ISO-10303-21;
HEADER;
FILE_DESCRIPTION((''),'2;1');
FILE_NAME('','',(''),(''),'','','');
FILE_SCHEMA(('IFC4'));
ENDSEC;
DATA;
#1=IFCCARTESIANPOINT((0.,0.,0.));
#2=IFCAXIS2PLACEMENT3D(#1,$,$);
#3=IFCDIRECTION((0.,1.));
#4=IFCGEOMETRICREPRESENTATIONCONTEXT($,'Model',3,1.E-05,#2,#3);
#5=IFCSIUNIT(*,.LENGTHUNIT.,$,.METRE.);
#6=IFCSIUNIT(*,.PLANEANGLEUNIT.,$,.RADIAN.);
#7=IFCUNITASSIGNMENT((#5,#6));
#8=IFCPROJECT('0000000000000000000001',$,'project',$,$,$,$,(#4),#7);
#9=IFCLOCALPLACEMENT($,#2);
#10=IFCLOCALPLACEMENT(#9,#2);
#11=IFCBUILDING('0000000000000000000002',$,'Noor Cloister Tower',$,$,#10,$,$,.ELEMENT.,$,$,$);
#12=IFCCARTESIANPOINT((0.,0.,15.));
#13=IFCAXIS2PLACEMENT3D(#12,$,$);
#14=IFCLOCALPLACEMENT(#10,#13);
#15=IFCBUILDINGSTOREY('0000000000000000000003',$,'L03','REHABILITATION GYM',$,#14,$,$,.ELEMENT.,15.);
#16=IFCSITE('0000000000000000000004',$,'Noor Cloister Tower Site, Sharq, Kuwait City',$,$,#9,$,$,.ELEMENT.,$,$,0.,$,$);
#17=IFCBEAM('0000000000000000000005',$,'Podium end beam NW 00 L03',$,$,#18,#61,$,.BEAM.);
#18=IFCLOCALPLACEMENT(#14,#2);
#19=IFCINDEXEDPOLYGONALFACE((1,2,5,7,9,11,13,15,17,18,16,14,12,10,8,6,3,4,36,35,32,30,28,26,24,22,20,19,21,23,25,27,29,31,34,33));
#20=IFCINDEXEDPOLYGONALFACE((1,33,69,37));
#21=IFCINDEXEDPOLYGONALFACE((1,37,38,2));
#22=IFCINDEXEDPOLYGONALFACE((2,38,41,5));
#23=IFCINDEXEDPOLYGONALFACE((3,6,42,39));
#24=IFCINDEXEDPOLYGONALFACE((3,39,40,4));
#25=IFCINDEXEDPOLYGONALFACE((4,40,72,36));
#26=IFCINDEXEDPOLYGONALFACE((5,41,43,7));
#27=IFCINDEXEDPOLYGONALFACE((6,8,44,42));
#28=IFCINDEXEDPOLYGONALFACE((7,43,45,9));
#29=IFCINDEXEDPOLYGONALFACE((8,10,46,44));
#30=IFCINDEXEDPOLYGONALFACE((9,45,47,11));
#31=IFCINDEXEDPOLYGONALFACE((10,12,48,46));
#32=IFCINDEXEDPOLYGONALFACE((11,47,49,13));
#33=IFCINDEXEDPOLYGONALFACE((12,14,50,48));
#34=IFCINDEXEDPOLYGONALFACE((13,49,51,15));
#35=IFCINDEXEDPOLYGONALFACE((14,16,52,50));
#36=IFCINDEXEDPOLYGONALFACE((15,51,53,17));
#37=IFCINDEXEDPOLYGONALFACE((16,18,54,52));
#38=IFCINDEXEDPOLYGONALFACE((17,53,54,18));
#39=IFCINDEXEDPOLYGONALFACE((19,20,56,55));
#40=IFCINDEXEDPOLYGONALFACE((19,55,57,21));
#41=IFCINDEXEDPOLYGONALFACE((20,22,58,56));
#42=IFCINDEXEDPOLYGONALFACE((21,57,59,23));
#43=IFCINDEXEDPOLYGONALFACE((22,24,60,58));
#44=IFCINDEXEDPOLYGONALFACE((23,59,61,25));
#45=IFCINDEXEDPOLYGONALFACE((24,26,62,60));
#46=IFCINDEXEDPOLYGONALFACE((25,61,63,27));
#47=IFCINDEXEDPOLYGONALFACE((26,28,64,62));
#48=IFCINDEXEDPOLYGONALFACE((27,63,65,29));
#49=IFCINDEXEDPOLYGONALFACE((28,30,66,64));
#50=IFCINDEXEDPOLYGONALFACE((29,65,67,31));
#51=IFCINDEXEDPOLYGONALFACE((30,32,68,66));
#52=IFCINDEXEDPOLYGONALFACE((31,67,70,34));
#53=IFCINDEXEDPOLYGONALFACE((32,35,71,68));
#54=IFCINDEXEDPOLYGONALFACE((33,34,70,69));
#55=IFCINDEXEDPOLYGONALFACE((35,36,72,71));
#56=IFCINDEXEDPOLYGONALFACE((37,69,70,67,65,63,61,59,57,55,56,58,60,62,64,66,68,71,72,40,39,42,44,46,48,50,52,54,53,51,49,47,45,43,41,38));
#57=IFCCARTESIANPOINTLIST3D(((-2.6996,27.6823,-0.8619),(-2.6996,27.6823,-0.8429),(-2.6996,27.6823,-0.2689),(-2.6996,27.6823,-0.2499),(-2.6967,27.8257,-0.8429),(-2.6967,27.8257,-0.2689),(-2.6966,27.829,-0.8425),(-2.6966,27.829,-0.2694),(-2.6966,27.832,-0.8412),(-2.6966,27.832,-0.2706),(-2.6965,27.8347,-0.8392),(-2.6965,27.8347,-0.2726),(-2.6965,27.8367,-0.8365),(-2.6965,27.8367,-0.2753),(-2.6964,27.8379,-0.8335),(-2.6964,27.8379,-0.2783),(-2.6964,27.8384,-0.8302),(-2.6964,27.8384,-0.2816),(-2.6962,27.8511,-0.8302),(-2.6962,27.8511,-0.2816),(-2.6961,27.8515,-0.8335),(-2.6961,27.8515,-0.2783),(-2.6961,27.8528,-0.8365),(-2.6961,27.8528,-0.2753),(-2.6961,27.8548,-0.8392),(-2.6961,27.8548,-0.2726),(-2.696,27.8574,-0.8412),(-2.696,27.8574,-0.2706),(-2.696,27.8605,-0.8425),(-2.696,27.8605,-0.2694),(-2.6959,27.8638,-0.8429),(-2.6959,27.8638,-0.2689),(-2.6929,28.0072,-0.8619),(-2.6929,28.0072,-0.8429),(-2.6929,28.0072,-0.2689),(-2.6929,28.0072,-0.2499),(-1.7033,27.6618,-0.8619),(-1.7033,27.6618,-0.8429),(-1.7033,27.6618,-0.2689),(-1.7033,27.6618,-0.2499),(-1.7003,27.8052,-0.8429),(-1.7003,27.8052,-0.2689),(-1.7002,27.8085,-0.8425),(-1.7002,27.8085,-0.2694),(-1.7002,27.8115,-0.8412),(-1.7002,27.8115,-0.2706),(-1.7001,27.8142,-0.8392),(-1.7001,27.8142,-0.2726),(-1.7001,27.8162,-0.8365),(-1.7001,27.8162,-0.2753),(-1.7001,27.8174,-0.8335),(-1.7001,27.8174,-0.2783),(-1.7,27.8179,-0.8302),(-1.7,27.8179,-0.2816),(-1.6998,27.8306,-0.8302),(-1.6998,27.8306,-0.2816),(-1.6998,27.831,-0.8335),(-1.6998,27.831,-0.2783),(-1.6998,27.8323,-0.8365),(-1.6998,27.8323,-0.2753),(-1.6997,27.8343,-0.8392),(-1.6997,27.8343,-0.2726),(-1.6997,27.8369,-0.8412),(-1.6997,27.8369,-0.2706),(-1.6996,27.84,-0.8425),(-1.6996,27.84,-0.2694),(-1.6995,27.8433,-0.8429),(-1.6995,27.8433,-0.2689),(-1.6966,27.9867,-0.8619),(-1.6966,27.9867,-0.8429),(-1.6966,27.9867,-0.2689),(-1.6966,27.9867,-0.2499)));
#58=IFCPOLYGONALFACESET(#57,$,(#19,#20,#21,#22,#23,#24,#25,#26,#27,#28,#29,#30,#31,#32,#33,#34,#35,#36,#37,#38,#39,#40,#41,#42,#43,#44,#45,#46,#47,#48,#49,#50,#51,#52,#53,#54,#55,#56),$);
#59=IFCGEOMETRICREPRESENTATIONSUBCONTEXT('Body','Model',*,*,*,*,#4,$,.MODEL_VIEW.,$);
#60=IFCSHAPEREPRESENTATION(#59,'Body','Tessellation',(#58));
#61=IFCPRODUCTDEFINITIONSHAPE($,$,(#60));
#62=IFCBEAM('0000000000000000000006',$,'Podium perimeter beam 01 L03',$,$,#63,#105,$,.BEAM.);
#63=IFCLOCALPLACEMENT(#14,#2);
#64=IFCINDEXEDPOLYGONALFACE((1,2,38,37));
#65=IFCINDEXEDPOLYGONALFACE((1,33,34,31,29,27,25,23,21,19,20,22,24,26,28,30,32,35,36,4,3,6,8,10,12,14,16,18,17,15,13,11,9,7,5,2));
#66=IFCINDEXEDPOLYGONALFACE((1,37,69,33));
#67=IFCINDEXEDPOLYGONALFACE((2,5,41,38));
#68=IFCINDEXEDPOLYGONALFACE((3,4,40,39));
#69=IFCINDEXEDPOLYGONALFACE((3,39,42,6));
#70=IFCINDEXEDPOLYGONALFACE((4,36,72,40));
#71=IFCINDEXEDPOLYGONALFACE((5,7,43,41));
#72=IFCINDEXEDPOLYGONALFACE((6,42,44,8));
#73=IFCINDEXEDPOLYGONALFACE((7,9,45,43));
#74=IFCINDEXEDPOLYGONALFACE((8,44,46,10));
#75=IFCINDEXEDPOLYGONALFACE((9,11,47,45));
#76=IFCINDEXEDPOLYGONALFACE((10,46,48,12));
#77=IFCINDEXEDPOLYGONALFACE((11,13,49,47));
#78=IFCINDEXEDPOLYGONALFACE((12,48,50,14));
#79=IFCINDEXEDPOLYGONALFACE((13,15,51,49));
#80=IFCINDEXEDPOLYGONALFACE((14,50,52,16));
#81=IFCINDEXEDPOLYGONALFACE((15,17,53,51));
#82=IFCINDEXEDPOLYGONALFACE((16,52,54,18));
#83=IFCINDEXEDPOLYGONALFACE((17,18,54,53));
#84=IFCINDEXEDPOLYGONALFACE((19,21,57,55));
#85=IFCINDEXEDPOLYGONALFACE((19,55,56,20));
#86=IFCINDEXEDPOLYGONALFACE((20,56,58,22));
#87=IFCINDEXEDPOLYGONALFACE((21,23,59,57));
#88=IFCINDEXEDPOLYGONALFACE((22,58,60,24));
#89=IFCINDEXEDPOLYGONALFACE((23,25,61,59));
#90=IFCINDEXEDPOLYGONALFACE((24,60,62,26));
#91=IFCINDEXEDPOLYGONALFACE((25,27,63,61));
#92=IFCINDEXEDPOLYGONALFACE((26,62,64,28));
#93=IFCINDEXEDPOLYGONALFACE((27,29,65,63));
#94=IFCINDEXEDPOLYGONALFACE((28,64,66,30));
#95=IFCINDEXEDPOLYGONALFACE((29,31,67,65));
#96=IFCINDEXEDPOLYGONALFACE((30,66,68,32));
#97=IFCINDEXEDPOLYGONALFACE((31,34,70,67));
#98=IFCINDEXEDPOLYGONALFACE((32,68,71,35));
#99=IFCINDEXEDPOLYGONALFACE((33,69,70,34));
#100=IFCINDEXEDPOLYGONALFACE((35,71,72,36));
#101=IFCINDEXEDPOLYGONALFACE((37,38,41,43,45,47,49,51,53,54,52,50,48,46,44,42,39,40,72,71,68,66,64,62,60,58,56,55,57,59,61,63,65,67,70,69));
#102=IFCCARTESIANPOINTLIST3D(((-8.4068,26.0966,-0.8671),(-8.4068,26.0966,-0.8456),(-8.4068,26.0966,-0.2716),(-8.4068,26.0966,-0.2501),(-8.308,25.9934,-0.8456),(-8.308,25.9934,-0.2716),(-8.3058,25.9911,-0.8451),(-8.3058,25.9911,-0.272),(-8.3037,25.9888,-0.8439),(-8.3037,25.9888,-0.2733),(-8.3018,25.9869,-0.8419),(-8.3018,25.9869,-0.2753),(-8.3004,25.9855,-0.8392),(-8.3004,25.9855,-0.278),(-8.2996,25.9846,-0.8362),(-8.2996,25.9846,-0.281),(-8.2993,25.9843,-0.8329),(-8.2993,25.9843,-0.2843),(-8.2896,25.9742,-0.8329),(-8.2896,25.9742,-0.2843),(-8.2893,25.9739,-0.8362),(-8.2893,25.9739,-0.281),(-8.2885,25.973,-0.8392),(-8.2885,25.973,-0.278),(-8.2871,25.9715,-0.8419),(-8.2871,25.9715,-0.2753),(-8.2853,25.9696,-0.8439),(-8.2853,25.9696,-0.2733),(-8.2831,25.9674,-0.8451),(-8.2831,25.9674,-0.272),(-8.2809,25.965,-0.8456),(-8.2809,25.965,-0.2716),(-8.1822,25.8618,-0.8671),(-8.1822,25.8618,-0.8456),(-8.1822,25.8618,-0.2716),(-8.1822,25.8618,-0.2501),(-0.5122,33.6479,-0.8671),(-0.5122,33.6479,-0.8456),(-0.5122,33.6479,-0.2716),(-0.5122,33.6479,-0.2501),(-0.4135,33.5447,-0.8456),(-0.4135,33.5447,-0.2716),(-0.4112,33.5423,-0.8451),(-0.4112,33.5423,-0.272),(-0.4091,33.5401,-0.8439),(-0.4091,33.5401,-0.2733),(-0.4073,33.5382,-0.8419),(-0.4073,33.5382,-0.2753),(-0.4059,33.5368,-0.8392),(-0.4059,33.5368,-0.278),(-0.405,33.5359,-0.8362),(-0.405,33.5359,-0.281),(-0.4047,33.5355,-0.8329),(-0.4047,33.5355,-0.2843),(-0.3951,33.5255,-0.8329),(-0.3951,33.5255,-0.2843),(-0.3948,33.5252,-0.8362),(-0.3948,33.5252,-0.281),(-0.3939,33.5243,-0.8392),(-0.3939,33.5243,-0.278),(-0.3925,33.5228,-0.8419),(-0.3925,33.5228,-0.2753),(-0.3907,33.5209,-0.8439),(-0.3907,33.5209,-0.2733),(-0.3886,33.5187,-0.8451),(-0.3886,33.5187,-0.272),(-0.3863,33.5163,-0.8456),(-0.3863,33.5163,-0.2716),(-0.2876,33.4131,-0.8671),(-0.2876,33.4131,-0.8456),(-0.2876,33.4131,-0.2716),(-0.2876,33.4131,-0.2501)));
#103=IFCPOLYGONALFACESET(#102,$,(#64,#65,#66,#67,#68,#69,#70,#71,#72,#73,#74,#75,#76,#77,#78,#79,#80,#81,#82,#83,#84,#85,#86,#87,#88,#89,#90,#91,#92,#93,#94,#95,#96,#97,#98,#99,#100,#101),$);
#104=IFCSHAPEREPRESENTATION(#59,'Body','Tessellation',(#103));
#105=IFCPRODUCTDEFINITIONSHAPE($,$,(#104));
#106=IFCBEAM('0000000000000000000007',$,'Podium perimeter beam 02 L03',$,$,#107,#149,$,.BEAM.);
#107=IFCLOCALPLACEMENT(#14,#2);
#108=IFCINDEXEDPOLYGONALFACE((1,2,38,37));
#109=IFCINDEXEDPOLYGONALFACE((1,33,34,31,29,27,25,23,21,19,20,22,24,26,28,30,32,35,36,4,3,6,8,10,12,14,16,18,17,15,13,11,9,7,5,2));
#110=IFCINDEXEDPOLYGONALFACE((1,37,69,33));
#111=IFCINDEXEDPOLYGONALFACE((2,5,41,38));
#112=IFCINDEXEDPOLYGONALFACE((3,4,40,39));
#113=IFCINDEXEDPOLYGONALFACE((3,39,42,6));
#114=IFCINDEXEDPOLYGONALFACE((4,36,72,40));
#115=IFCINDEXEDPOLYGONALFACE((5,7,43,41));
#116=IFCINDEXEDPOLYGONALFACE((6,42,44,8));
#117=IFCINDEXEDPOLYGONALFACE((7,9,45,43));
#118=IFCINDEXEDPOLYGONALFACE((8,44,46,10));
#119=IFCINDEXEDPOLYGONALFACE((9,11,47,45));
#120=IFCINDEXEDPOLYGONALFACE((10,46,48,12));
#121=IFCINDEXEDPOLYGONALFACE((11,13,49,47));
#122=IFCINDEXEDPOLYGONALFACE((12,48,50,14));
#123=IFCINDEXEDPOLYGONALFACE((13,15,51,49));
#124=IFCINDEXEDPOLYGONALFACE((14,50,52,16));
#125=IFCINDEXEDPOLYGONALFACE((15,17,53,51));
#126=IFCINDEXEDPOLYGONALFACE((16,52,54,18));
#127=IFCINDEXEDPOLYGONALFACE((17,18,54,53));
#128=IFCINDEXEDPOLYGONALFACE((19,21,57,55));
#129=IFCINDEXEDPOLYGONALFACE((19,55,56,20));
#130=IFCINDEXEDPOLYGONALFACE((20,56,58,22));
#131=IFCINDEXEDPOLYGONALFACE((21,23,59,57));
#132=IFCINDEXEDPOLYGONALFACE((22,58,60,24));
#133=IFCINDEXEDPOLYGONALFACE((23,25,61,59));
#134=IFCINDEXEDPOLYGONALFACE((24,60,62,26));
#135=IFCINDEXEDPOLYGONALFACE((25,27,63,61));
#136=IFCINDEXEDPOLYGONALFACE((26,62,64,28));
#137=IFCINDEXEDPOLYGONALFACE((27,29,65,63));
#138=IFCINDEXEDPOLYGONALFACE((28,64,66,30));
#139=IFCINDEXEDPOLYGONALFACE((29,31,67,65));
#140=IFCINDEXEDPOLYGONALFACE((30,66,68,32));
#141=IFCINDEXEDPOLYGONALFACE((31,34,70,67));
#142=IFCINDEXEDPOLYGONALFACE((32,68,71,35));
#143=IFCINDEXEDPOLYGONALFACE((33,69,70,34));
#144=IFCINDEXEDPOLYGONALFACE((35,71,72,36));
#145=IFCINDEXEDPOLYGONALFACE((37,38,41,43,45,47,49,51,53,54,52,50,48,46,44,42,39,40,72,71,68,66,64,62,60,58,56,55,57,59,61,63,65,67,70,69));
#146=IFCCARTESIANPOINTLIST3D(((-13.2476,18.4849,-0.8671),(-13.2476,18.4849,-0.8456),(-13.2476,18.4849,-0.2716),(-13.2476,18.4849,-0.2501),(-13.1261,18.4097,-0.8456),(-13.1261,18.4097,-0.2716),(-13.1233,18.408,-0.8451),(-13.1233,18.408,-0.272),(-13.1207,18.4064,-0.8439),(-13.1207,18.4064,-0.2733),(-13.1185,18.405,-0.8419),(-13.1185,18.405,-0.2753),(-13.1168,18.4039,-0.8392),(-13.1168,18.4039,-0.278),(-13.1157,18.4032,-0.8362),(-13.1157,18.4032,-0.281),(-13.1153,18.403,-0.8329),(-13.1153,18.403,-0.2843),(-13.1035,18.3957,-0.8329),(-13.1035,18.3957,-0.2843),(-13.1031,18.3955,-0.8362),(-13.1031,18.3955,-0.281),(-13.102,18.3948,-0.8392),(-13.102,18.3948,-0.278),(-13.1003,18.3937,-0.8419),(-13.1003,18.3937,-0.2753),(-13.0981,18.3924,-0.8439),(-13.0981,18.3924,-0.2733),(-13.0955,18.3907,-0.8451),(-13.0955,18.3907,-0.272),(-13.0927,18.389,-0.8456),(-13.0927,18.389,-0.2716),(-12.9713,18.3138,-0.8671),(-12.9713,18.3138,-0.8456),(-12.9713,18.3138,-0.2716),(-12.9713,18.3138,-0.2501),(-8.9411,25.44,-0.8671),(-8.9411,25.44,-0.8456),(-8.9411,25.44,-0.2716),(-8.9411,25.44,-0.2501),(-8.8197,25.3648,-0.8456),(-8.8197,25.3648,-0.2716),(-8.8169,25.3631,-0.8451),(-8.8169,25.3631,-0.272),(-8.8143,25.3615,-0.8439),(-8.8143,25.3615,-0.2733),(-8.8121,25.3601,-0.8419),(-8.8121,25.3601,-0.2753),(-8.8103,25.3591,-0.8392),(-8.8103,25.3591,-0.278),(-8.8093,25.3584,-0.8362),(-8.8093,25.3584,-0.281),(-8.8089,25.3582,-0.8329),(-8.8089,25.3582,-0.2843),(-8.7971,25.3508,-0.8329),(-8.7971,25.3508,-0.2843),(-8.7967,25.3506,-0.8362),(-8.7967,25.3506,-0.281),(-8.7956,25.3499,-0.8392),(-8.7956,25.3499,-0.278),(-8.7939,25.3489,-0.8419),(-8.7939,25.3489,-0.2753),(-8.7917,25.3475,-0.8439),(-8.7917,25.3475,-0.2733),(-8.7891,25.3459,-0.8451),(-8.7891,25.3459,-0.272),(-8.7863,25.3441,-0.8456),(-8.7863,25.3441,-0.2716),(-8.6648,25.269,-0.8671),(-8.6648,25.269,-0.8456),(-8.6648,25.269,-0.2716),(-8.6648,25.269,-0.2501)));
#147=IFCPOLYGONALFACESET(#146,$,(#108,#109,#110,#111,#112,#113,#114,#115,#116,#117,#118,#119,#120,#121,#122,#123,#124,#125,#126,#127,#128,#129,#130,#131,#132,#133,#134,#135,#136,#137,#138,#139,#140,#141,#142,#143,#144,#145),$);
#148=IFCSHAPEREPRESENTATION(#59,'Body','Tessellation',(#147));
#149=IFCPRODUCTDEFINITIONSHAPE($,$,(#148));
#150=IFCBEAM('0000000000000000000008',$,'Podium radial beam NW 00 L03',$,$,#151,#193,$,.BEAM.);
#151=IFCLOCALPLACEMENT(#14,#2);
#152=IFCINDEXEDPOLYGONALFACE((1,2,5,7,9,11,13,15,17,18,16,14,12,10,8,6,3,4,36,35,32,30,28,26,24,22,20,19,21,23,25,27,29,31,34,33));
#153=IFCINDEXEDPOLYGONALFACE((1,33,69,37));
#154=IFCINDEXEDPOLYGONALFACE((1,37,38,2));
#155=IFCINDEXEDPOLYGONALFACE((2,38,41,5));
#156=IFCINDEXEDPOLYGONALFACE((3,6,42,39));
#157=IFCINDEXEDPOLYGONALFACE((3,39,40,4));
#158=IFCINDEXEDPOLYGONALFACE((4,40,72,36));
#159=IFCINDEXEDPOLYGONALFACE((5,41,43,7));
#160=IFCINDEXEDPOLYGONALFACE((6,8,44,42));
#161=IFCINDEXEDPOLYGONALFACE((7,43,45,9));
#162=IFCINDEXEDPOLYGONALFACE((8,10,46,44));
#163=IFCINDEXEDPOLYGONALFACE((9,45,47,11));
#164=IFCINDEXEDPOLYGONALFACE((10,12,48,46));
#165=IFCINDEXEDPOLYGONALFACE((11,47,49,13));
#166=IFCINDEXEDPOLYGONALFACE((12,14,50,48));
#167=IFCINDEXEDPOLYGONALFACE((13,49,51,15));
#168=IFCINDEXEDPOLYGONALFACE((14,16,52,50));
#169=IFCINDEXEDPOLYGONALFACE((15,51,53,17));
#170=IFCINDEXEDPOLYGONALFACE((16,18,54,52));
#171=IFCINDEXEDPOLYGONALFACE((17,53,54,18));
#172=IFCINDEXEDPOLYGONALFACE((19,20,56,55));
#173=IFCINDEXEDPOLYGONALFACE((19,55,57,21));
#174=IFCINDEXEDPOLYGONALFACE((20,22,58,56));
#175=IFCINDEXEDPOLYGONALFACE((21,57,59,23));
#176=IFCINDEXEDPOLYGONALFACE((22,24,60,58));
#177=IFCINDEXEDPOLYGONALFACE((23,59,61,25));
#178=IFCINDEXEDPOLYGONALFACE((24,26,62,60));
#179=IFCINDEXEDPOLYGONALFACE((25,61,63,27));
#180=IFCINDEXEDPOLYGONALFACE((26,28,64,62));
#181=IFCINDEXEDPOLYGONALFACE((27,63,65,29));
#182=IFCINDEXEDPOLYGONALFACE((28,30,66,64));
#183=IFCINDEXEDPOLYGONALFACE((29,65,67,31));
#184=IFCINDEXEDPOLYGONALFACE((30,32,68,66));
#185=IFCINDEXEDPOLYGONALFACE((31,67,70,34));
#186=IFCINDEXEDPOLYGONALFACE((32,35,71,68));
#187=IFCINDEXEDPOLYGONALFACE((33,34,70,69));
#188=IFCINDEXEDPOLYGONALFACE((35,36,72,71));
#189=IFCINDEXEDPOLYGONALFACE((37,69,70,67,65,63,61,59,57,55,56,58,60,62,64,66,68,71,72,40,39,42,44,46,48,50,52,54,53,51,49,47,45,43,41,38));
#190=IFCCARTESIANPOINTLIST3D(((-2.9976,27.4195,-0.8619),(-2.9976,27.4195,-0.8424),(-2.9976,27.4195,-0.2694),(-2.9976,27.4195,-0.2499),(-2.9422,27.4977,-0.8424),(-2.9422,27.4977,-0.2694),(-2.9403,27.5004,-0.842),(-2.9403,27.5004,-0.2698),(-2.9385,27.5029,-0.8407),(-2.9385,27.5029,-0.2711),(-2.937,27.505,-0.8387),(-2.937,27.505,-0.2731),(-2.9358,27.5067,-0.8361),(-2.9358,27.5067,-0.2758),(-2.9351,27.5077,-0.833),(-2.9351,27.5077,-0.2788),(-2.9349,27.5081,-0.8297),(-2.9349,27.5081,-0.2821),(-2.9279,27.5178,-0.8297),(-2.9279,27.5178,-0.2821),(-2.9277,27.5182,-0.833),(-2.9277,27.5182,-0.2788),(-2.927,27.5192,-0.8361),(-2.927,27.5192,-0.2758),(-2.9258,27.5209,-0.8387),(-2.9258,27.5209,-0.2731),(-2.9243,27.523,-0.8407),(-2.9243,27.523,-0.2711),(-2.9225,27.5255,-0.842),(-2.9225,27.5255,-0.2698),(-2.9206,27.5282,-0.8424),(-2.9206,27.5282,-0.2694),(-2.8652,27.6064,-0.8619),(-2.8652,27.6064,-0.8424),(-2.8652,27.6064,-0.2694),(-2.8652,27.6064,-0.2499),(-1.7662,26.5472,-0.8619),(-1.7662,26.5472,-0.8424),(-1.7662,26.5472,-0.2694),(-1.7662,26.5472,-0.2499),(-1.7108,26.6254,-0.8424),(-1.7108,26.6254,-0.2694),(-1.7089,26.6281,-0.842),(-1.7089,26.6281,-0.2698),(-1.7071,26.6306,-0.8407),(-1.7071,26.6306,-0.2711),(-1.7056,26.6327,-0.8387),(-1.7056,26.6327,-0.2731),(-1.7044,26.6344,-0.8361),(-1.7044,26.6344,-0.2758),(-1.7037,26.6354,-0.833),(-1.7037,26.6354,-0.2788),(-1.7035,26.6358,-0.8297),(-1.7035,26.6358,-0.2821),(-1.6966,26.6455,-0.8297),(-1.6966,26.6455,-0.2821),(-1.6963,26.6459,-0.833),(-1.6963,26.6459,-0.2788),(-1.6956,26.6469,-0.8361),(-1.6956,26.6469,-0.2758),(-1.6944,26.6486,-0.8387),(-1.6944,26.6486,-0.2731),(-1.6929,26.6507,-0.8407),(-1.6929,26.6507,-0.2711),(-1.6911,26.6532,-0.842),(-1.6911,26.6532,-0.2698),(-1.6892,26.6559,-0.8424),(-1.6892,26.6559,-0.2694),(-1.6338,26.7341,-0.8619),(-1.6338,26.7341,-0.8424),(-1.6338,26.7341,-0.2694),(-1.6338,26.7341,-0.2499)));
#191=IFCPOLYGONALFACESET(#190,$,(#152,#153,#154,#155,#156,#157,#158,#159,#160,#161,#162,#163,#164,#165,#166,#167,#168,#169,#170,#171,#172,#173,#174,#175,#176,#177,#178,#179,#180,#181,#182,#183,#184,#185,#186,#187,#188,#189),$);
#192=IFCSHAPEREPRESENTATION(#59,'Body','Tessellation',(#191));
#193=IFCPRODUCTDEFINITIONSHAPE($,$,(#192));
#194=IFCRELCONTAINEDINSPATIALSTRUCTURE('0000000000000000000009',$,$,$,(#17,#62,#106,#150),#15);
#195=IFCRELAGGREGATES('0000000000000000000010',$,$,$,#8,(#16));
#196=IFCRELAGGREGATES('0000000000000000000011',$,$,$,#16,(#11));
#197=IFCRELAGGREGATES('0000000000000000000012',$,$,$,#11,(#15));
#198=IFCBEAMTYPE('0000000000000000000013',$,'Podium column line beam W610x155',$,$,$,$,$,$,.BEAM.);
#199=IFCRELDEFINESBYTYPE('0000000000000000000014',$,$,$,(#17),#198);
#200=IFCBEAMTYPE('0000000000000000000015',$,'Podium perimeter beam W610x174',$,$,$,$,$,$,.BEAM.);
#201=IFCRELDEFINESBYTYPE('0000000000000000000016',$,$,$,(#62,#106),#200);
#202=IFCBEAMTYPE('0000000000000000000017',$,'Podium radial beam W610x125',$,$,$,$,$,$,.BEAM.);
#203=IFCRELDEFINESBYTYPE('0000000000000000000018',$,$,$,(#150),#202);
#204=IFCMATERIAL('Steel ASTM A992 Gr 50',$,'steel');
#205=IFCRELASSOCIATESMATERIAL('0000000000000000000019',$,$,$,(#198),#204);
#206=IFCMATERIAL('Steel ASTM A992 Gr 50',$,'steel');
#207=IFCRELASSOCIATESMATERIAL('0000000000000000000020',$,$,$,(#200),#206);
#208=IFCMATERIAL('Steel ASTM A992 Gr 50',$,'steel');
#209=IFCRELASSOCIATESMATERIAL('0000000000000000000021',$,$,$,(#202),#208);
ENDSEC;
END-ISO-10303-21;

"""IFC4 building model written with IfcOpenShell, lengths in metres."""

from ifc_helpers import new_model, si_unit, direction, frame, origin, origin_2d, place, context, subcontext, project, spatial, i_section, extrude, material, material_profile, profile_set, type_object, element, save


model = new_model("IFC4")

# Units and contexts
model_context = context("Model", 3, precision=1e-05, world=origin(), true_north=direction((0.0, 1.0)))
body_context = subcontext(model_context, "Body", "Model", "MODEL_VIEW")
ifc_project = project(units=[si_unit("LENGTHUNIT", "METRE"), si_unit("PLANEANGLEUNIT", "RADIAN")], contexts=[model_context])

# Site, building, storey
site_placement = place(None, origin())
site = spatial("IfcSite", under=ifc_project, at=site_placement, Name="Noor Cloister Tower Site, Sharq, Kuwait City", CompositionType="ELEMENT", RefElevation=0.0)
building_placement = place(site_placement, origin())
building = spatial("IfcBuilding", under=site, at=building_placement, Name="Noor Cloister Tower", CompositionType="ELEMENT")
storey_placement = place(building_placement, frame((0.0, 0.0, 15.0)))
storey = spatial("IfcBuildingStorey", under=building, at=storey_placement, Name="L03", Description="REHABILITATION GYM", CompositionType="ELEMENT", Elevation=15.0)

# Beams
ifc_material_1 = material(Name="Steel ASTM A992 Gr 50", Category="steel")
ifc_material_profile_1 = material_profile(ifc_material_1, i_section(OverallWidth=0.325, OverallDepth=0.6121, WebThickness=0.0127, FlangeThickness=0.019, FilletRadius=0.0127, at=origin_2d()), Name="W610x155")
ifc_profile_set_1 = profile_set([ifc_material_profile_1], Name="Steel ASTM A992 Gr 50")
beam_type_1 = type_object("IfcBeamType", Name="Podium column line beam W610x155", PredefinedType="BEAM", material=ifc_profile_set_1)
beam_1_placement = place(storey_placement, frame((-2.6963, 27.8447, -0.5559), z_axis=(0.999788, -0.020579, 0.0), x_axis=(0.020579, 0.999788, 0.0)))
element("IfcBeam", 1, at=beam_1_placement, inside=storey, type_object=beam_type_1, Name="Podium end beam NW 00 L03", PredefinedType="BEAM", context=body_context, shape_type="SweptSolid", body=[
    extrude(i_section(OverallWidth=0.325, OverallDepth=0.6121, WebThickness=0.0127, FlangeThickness=0.019, FilletRadius=0.0127, at=origin_2d()), origin(), (0.0, 0.0, 1.0), 0.9966),
])
ifc_material_2 = material(Name="Steel ASTM A992 Gr 50", Category="steel")
ifc_material_profile_2 = material_profile(ifc_material_2, i_section(OverallWidth=0.325, OverallDepth=0.6169, WebThickness=0.0139, FlangeThickness=0.0215, FilletRadius=0.0127, at=origin_2d()), Name="W610x174")
ifc_profile_set_2 = profile_set([ifc_material_profile_2], Name="Steel ASTM A992 Gr 50")
beam_type_2 = type_object("IfcBeamType", Name="Podium perimeter beam W610x174", PredefinedType="BEAM", material=ifc_profile_set_2)
beam_2_placement = place(storey_placement, frame((-0.3999, 33.5305, -0.5586), z_axis=(-0.722643, -0.691222, 0.0), x_axis=(0.691222, -0.722643, 0.0)))
element("IfcBeam", 2, at=beam_2_placement, inside=storey, type_object=beam_type_2, Name="Podium perimeter beam 01 L03", PredefinedType="BEAM", context=body_context, shape_type="SweptSolid", body=[
    extrude(i_section(OverallWidth=0.325, OverallDepth=0.6169, WebThickness=0.0139, FlangeThickness=0.0215, FilletRadius=0.0127, at=origin_2d()), origin(), (0.0, 0.0, 1.0), 10.9246),
])
beam_3_placement = place(storey_placement, frame((-8.803, 25.3545, -0.5586), z_axis=(-0.526432, -0.850217, 0.0), x_axis=(0.850217, -0.526432, 0.0)))
element("IfcBeam", 3, at=beam_3_placement, inside=storey, type_object=beam_type_2, Name="Podium perimeter beam 02 L03", PredefinedType="BEAM", context=body_context, shape_type="SweptSolid", body=[
    extrude(i_section(OverallWidth=0.325, OverallDepth=0.6169, WebThickness=0.0139, FlangeThickness=0.0215, FilletRadius=0.0127, at=origin_2d()), origin(), (0.0, 0.0, 1.0), 8.1804),
])
ifc_material_3 = material(Name="Steel ASTM A992 Gr 50", Category="steel")
ifc_material_profile_3 = material_profile(ifc_material_3, i_section(OverallWidth=0.229, OverallDepth=0.6121, WebThickness=0.012, FlangeThickness=0.0195, FilletRadius=0.0127, at=origin_2d()), Name="W610x125")
ifc_profile_set_3 = profile_set([ifc_material_profile_3], Name="Steel ASTM A992 Gr 50")
beam_type_3 = type_object("IfcBeamType", Name="Podium radial beam W610x125", PredefinedType="BEAM", material=ifc_profile_set_3)
beam_4_placement = place(storey_placement, frame((-2.9314, 27.5129, -0.5559), z_axis=(0.816012, -0.578035, 0.0), x_axis=(0.578035, 0.816012, 0.0)))
element("IfcBeam", 4, at=beam_4_placement, inside=storey, type_object=beam_type_3, Name="Podium radial beam NW 00 L03", PredefinedType="BEAM", context=body_context, shape_type="SweptSolid", body=[
    extrude(i_section(OverallWidth=0.229, OverallDepth=0.6121, WebThickness=0.012, FlangeThickness=0.0195, FilletRadius=0.0127, at=origin_2d()), origin(), (0.0, 0.0, 1.0), 1.509),
])

save(model, "model.ifc")
